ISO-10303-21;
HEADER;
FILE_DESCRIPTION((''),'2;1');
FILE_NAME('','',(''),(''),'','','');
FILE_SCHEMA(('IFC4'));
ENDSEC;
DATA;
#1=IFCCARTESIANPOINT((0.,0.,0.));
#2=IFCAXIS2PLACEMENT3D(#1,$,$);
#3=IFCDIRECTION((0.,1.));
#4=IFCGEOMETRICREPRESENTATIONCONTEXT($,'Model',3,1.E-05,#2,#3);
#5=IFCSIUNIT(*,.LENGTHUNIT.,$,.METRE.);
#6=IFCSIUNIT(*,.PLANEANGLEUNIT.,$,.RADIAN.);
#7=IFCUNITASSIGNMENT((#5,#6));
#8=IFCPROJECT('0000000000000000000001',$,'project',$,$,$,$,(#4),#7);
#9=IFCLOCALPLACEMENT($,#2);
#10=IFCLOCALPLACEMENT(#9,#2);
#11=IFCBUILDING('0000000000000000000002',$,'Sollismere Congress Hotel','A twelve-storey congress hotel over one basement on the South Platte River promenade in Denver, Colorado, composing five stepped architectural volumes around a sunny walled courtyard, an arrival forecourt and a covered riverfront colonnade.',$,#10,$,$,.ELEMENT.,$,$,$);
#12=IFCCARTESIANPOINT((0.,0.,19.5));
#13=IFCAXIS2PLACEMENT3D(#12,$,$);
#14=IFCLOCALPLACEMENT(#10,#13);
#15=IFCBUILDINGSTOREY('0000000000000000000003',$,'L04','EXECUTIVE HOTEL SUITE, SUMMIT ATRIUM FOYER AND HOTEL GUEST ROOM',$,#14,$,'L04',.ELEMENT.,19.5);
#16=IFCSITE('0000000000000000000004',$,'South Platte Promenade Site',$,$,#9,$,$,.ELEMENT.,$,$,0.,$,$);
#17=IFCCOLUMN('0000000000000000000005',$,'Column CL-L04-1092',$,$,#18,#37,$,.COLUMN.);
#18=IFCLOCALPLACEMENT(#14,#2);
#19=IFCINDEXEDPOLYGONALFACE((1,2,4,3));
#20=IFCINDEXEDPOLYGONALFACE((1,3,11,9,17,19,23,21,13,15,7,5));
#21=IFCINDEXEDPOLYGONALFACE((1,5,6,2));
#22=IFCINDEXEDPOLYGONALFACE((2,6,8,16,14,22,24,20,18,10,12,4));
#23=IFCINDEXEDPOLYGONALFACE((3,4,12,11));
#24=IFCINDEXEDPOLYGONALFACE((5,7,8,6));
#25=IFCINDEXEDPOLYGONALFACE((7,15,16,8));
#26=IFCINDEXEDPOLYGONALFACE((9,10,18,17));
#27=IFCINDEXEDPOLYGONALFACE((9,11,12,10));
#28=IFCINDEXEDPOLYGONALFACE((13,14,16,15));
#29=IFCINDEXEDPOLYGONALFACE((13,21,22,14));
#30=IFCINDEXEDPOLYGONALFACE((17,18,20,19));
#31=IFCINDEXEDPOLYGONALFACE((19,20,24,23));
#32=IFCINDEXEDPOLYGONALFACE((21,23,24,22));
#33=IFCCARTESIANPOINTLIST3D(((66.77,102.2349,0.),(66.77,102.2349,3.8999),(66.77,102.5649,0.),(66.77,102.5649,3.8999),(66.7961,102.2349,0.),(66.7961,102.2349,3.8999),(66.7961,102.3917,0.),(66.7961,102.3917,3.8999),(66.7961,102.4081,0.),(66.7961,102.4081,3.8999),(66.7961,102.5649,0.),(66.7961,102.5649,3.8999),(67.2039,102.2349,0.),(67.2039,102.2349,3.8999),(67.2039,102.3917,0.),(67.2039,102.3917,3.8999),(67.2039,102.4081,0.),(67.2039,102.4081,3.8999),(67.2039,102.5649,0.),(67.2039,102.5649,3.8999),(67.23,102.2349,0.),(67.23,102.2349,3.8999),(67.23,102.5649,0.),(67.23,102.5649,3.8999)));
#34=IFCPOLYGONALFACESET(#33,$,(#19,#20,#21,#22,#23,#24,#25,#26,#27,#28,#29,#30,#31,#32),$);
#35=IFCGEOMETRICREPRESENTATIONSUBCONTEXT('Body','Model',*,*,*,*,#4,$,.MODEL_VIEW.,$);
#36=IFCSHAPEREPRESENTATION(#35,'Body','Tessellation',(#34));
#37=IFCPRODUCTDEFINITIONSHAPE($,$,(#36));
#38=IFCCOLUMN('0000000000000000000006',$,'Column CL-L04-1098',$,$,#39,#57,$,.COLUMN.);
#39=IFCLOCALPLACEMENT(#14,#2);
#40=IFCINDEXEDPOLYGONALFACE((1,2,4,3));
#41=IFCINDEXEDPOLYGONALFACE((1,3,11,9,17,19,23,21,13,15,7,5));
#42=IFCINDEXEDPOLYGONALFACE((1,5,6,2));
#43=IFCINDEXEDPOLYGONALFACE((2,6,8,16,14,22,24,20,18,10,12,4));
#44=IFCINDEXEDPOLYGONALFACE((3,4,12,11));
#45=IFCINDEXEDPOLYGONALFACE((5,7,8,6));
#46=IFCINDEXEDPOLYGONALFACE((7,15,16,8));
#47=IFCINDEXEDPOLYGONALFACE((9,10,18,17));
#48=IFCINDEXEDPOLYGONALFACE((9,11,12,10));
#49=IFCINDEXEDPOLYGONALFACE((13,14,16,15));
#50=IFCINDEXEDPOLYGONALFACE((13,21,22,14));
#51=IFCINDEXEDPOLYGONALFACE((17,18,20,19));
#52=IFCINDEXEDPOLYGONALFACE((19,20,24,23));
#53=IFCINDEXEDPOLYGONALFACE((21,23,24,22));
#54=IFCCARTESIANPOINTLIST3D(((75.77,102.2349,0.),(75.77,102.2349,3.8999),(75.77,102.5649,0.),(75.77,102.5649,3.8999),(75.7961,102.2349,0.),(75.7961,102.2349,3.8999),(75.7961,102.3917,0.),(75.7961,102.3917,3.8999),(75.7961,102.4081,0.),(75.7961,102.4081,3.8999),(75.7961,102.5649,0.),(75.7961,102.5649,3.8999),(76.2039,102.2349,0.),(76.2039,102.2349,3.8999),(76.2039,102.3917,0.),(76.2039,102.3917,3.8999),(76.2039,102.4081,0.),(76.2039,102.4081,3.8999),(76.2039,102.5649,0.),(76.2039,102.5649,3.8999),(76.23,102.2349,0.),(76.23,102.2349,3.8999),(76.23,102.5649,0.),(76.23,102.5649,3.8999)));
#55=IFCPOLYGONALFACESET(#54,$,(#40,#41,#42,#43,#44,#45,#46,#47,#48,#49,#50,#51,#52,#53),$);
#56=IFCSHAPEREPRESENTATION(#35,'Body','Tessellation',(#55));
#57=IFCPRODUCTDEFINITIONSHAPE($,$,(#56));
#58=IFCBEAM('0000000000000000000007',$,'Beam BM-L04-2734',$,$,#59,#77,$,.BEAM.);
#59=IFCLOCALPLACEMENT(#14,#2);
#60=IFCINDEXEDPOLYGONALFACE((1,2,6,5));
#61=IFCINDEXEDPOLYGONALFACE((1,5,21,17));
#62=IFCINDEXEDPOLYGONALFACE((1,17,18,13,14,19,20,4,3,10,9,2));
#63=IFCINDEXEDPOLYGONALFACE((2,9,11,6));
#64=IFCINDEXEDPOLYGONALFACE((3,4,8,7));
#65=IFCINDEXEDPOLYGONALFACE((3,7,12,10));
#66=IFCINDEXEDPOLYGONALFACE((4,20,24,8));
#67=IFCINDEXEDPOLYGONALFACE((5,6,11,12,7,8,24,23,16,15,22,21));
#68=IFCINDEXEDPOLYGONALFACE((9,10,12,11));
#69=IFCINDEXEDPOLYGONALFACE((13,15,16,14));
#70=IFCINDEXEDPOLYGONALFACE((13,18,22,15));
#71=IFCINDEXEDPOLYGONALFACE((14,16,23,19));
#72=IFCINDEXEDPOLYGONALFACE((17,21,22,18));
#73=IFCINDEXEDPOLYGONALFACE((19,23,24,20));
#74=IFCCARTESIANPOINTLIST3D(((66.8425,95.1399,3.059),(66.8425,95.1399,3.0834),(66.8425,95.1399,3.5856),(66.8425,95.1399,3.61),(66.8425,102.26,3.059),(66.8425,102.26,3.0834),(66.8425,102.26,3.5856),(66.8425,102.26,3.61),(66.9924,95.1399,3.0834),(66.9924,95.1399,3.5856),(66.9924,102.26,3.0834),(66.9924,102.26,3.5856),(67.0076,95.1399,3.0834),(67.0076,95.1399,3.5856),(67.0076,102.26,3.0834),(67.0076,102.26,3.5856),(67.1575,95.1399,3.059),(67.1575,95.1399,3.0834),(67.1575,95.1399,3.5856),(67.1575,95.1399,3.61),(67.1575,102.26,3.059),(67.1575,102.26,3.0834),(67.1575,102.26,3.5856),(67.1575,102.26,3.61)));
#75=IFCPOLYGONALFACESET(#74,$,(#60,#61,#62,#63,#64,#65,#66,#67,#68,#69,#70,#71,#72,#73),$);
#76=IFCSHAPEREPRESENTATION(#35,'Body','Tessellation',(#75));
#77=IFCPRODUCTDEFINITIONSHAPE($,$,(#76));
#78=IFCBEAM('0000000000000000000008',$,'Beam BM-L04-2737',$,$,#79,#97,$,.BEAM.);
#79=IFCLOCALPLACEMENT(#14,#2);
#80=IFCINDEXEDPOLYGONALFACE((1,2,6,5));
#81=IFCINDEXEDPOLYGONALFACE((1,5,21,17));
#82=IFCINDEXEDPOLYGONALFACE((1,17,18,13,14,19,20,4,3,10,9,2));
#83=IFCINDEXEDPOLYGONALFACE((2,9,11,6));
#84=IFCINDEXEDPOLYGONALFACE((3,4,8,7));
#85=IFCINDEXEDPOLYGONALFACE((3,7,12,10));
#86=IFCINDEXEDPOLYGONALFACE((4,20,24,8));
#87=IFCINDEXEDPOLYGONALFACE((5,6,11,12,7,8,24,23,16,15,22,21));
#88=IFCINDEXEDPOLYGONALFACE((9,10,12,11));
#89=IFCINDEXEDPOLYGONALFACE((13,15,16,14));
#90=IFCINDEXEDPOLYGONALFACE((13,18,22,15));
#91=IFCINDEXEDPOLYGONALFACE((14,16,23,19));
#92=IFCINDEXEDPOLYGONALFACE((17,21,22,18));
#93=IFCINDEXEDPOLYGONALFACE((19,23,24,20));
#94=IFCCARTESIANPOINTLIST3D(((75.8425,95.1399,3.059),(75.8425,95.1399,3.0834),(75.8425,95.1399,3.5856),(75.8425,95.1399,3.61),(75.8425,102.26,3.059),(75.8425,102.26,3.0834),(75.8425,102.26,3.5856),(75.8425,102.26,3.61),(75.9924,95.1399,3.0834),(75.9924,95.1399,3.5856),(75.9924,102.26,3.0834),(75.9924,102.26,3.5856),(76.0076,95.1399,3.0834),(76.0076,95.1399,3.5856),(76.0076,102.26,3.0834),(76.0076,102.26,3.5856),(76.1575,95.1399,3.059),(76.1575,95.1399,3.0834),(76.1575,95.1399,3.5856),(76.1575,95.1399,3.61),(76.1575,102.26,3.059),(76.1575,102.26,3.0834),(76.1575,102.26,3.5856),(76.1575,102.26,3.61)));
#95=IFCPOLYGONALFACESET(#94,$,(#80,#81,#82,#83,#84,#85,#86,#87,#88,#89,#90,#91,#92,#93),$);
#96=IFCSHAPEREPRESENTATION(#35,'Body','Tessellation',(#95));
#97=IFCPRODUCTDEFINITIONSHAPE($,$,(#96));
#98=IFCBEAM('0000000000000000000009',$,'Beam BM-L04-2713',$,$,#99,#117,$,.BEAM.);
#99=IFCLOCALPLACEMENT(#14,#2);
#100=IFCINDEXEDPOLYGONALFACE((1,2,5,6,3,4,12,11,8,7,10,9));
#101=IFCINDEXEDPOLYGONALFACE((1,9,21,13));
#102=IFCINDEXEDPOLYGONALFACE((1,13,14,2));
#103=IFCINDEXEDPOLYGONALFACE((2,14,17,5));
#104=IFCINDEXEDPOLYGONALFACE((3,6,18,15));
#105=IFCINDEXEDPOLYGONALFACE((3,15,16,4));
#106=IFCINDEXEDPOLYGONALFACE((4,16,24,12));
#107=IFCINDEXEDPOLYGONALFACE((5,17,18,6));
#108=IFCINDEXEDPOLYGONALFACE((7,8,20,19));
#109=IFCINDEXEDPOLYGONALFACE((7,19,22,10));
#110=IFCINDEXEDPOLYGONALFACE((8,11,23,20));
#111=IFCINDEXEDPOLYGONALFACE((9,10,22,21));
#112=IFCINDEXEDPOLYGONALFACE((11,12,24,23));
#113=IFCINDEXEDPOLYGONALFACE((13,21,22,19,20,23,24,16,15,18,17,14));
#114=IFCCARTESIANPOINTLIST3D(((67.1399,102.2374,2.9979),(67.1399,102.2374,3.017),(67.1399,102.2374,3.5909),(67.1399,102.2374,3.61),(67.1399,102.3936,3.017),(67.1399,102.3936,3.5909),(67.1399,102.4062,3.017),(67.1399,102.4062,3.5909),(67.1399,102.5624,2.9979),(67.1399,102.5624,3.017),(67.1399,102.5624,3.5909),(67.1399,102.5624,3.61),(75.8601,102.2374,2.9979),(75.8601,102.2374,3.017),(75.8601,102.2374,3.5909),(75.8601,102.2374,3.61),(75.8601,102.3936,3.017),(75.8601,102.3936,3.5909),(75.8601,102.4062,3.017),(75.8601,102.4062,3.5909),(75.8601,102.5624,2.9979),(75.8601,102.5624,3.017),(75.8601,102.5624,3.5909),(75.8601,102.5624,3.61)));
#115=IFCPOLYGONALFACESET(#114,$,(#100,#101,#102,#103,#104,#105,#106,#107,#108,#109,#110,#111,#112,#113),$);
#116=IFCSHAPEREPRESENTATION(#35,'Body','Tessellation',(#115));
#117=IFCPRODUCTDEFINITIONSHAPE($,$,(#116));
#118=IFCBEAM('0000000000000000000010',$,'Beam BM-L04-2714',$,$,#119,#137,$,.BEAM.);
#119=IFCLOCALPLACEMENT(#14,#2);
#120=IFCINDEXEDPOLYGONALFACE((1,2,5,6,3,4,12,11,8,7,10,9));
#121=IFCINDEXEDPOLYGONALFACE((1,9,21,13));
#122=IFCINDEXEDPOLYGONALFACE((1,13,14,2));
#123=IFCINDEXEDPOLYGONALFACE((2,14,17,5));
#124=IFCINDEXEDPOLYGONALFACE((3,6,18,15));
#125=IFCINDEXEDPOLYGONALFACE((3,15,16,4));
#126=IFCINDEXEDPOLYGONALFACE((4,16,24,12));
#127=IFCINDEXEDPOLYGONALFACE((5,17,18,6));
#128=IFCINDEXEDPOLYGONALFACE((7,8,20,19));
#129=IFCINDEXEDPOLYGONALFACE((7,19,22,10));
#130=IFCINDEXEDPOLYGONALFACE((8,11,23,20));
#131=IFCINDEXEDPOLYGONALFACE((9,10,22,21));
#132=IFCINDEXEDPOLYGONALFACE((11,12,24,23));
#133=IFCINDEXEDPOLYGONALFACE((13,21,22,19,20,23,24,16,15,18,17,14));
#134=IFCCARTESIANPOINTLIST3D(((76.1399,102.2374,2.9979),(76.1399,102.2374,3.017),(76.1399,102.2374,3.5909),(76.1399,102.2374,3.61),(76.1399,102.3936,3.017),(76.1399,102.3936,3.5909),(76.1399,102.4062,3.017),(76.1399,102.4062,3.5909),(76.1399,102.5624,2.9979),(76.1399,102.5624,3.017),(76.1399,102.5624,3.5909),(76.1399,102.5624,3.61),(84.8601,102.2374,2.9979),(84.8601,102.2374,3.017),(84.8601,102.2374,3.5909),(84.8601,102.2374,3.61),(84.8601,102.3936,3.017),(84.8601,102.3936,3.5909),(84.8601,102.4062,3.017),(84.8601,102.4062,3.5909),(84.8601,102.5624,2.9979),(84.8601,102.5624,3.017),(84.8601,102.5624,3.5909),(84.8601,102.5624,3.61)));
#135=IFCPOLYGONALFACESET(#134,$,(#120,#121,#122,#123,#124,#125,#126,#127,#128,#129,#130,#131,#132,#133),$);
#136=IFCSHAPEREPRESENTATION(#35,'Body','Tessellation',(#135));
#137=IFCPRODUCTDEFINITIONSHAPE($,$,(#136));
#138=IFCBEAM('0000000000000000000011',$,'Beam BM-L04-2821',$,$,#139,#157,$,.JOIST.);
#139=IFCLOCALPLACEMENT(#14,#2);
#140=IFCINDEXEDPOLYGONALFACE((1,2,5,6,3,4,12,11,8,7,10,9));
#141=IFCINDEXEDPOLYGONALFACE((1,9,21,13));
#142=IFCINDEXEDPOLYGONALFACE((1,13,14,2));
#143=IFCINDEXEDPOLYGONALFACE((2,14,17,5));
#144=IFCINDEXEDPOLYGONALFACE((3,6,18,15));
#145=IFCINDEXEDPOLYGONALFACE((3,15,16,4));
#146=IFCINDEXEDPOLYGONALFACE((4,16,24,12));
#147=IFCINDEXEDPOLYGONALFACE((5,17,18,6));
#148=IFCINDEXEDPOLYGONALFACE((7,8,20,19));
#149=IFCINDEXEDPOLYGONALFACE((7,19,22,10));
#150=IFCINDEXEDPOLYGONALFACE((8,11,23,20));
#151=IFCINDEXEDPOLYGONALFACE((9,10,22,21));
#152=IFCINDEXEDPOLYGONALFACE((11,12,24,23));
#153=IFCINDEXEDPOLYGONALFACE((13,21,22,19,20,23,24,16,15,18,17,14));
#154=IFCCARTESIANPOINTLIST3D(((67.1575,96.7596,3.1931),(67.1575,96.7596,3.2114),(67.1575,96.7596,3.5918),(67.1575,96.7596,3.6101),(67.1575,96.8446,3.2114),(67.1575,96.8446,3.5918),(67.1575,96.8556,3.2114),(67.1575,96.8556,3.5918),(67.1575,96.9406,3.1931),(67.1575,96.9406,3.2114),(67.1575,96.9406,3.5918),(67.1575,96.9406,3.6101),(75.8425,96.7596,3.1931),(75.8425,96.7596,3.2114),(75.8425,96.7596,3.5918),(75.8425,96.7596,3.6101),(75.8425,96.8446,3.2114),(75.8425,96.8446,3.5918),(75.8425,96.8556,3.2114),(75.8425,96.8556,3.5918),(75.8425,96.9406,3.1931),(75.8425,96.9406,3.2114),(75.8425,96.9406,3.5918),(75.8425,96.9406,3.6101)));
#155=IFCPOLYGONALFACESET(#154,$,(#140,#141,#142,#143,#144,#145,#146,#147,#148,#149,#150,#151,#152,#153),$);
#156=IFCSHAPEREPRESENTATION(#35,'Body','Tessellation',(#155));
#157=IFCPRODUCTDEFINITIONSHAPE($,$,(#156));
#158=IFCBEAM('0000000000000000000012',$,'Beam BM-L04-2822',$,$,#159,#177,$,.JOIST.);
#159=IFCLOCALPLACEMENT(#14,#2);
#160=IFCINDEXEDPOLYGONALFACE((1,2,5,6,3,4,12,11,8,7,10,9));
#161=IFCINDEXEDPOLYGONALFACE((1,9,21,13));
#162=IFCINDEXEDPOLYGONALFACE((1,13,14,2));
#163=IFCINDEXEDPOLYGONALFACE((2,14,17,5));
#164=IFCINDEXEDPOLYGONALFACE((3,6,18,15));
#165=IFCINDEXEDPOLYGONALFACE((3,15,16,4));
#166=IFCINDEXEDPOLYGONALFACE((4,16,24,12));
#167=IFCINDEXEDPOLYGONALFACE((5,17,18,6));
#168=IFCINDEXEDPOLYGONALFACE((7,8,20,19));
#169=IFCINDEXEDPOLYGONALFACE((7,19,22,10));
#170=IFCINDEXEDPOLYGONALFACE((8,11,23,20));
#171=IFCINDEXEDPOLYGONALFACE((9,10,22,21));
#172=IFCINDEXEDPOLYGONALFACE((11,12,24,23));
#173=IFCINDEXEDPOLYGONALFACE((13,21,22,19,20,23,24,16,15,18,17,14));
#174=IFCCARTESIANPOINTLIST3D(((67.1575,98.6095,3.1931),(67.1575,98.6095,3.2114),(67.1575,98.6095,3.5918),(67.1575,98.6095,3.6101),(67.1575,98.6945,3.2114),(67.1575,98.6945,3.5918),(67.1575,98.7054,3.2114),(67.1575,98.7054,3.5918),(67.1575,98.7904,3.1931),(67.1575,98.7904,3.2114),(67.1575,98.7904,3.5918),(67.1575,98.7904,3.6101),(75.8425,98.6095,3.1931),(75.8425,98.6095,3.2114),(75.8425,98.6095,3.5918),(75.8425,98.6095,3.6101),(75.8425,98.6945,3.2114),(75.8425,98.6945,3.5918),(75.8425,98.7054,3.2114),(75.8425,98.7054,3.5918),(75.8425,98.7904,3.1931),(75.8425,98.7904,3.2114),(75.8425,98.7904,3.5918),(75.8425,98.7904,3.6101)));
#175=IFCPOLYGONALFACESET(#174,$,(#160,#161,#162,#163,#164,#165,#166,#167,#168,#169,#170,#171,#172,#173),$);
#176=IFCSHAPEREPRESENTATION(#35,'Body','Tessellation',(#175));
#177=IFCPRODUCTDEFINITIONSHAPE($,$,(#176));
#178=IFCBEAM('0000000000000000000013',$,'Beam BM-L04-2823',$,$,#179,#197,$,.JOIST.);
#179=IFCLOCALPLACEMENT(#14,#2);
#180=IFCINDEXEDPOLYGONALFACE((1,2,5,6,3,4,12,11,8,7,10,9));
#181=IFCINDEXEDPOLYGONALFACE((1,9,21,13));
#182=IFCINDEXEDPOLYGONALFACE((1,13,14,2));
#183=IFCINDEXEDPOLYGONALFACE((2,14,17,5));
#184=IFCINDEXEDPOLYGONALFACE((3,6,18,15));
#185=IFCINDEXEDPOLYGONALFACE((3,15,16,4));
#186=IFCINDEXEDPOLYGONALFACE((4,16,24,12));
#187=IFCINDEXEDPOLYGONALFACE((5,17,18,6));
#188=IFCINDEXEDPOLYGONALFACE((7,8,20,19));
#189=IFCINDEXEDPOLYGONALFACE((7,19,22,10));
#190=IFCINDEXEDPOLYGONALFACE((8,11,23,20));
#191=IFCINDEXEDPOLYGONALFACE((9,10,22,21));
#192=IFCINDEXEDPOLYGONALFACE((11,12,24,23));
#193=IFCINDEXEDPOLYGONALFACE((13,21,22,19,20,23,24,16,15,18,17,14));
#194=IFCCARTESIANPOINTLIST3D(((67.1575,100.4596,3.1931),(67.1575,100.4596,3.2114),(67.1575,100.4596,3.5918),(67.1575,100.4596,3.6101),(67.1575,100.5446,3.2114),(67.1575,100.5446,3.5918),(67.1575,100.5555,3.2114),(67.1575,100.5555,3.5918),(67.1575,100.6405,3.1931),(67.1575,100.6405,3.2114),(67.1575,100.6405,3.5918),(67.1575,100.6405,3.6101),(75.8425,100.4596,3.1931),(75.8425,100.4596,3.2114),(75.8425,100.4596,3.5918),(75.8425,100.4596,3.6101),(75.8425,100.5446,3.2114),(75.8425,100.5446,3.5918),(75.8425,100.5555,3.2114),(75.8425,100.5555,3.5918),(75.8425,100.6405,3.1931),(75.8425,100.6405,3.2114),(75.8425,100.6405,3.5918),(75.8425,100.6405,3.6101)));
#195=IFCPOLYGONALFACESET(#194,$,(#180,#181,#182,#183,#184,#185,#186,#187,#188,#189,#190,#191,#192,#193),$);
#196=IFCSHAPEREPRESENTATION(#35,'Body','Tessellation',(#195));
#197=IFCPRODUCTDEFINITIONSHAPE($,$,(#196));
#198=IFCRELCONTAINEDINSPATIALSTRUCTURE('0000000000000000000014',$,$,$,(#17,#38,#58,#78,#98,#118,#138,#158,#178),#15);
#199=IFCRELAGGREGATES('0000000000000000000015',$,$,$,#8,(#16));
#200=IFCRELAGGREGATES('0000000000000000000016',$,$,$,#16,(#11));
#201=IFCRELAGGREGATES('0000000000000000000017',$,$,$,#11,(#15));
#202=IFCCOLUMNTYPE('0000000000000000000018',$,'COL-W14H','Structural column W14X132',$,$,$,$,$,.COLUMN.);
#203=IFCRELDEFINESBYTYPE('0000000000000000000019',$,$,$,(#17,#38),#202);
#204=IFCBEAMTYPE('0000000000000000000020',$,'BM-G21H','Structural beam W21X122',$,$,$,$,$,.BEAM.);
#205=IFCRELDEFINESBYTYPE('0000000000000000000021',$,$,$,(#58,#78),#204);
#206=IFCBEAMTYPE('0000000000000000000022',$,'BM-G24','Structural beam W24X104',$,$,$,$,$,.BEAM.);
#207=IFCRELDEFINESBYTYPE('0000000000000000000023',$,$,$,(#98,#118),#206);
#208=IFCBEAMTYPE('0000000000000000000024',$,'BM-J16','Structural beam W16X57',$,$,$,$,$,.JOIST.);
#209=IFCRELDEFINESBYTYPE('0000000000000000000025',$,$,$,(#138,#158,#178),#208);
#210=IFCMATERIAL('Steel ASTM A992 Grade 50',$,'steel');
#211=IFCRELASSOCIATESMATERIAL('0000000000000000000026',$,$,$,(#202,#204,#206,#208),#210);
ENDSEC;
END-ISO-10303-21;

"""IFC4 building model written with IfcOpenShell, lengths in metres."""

from ifc_helpers import new_model, si_unit, direction, frame, origin, origin_2d, place, context, subcontext, project, spatial, i_section, extrude, material, material_profile, profile_set, type_object, element, save


model = new_model("IFC4")

# Units and contexts
model_context = context("Model", 3, precision=1e-05, world=origin(), true_north=direction((0.0, 1.0)))
body_context = subcontext(model_context, "Body", "Model", "MODEL_VIEW")
ifc_project = project(units=[si_unit("LENGTHUNIT", "METRE"), si_unit("PLANEANGLEUNIT", "RADIAN")], contexts=[model_context])

# Site, building, storey
site_placement = place(None, origin())
site = spatial("IfcSite", under=ifc_project, at=site_placement, Name="South Platte Promenade Site", CompositionType="ELEMENT", RefElevation=0.0)
building_placement = place(site_placement, origin())
building = spatial("IfcBuilding", under=site, at=building_placement, Name="Sollismere Congress Hotel", Description="A twelve-storey congress hotel over one basement on the South Platte River promenade in Denver, Colorado, composing five stepped architectural volumes around a sunny walled courtyard, an arrival forecourt and a covered riverfront colonnade.", CompositionType="ELEMENT")
storey_placement = place(building_placement, frame((0.0, 0.0, 19.5)))
storey = spatial("IfcBuildingStorey", under=building, at=storey_placement, Name="L04", Description="EXECUTIVE HOTEL SUITE, SUMMIT ATRIUM FOYER AND HOTEL GUEST ROOM", LongName="L04", CompositionType="ELEMENT", Elevation=19.5)

# Columns
ifc_material_1 = material(Name="Steel ASTM A992 Grade 50", Category="steel")
ifc_material_profile_1 = material_profile(ifc_material_1, i_section(OverallWidth=0.3301, OverallDepth=0.46, WebThickness=0.0164, FlangeThickness=0.0261, at=origin_2d()), Name="W14X132")
ifc_profile_set_1 = profile_set([ifc_material_profile_1], Name="Steel ASTM A992 Grade 50")
column_type = type_object("IfcColumnType", Name="COL-W14H", Description="Structural column W14X132", PredefinedType="COLUMN", material=ifc_profile_set_1)
for number, where, z_axis, x_axis, name in (
    (1, (67.0, 102.3999, 0.0), (0.0, 0.0, 1.0), (0.0, 1.0, 0.0), "Column CL-L04-1092"),
    (2, (76.0, 102.3999, 0.0), (0.0, 0.0, 1.0), (0.0, 1.0, 0.0), "Column CL-L04-1098"),
):
    element("IfcColumn", number, at=place(storey_placement, frame(where, z_axis=z_axis, x_axis=x_axis)), inside=storey, type_object=column_type, Name=name, PredefinedType="COLUMN", context=body_context, shape_type="SweptSolid", body=[
        extrude(i_section(OverallWidth=0.3301, OverallDepth=0.46, WebThickness=0.0164, FlangeThickness=0.0261, at=origin_2d()), origin(), (0.0, 0.0, 1.0), 3.8999),
    ])

# Beams
ifc_material_profile_2 = material_profile(ifc_material_1, i_section(OverallWidth=0.3149, OverallDepth=0.551, WebThickness=0.0151, FlangeThickness=0.0244, at=origin_2d()), Name="W21X122")
ifc_profile_set_2 = profile_set([ifc_material_profile_2], Name="Steel ASTM A992 Grade 50")
beam_type_1 = type_object("IfcBeamType", Name="BM-G21H", Description="Structural beam W21X122", PredefinedType="BEAM", material=ifc_profile_set_2)
for number, where, z_axis, x_axis, name in (
    (3, (67.0, 95.1399, 3.3345), (0.0, 1.0, 0.0), (-1.0, 0.0, 0.0), "Beam BM-L04-2734"),
    (4, (76.0, 95.1399, 3.3345), (0.0, 1.0, 0.0), (-1.0, 0.0, 0.0), "Beam BM-L04-2737"),
):
    element("IfcBeam", number, at=place(storey_placement, frame(where, z_axis=z_axis, x_axis=x_axis)), inside=storey, type_object=beam_type_1, Name=name, PredefinedType="BEAM", context=body_context, shape_type="SweptSolid", body=[
        extrude(i_section(OverallWidth=0.3149, OverallDepth=0.551, WebThickness=0.0151, FlangeThickness=0.0244, at=origin_2d()), origin(), (0.0, 0.0, 1.0), 7.1201),
    ])
ifc_material_profile_3 = material_profile(ifc_material_1, i_section(OverallWidth=0.325, OverallDepth=0.6121, WebThickness=0.0127, FlangeThickness=0.019, at=origin_2d()), Name="W24X104")
ifc_profile_set_3 = profile_set([ifc_material_profile_3], Name="Steel ASTM A992 Grade 50")
beam_type_2 = type_object("IfcBeamType", Name="BM-G24", Description="Structural beam W24X104", PredefinedType="BEAM", material=ifc_profile_set_3)
for number, where, z_axis, x_axis, name in (
    (5, (67.1399, 102.3999, 3.304), (1.0, 0.0, 0.0), (0.0, 1.0, 0.0), "Beam BM-L04-2713"),
    (6, (76.1399, 102.3999, 3.304), (1.0, 0.0, 0.0), (0.0, 1.0, 0.0), "Beam BM-L04-2714"),
):
    element("IfcBeam", number, at=place(storey_placement, frame(where, z_axis=z_axis, x_axis=x_axis)), inside=storey, type_object=beam_type_2, Name=name, PredefinedType="BEAM", context=body_context, shape_type="SweptSolid", body=[
        extrude(i_section(OverallWidth=0.325, OverallDepth=0.6121, WebThickness=0.0127, FlangeThickness=0.019, at=origin_2d()), origin(), (0.0, 0.0, 1.0), 8.7202),
    ])
ifc_material_profile_4 = material_profile(ifc_material_1, i_section(OverallWidth=0.1809, OverallDepth=0.417, WebThickness=0.011, FlangeThickness=0.0183, at=origin_2d()), Name="W16X57")
ifc_profile_set_4 = profile_set([ifc_material_profile_4], Name="Steel ASTM A992 Grade 50")
beam_type_3 = type_object("IfcBeamType", Name="BM-J16", Description="Structural beam W16X57", PredefinedType="JOIST", material=ifc_profile_set_4)
for number, where, z_axis, x_axis, name in (
    (7, (67.1575, 96.8501, 3.4016), (1.0, 0.0, 0.0), (0.0, 1.0, 0.0), "Beam BM-L04-2821"),
    (8, (67.1575, 98.7, 3.4016), (1.0, 0.0, 0.0), (0.0, 1.0, 0.0), "Beam BM-L04-2822"),
    (9, (67.1575, 100.55, 3.4016), (1.0, 0.0, 0.0), (0.0, 1.0, 0.0), "Beam BM-L04-2823"),
):
    element("IfcBeam", number, at=place(storey_placement, frame(where, z_axis=z_axis, x_axis=x_axis)), inside=storey, type_object=beam_type_3, Name=name, PredefinedType="JOIST", context=body_context, shape_type="SweptSolid", body=[
        extrude(i_section(OverallWidth=0.1809, OverallDepth=0.417, WebThickness=0.011, FlangeThickness=0.0183, at=origin_2d()), origin(), (0.0, 0.0, 1.0), 8.6851),
    ])

save(model, "model.ifc")
